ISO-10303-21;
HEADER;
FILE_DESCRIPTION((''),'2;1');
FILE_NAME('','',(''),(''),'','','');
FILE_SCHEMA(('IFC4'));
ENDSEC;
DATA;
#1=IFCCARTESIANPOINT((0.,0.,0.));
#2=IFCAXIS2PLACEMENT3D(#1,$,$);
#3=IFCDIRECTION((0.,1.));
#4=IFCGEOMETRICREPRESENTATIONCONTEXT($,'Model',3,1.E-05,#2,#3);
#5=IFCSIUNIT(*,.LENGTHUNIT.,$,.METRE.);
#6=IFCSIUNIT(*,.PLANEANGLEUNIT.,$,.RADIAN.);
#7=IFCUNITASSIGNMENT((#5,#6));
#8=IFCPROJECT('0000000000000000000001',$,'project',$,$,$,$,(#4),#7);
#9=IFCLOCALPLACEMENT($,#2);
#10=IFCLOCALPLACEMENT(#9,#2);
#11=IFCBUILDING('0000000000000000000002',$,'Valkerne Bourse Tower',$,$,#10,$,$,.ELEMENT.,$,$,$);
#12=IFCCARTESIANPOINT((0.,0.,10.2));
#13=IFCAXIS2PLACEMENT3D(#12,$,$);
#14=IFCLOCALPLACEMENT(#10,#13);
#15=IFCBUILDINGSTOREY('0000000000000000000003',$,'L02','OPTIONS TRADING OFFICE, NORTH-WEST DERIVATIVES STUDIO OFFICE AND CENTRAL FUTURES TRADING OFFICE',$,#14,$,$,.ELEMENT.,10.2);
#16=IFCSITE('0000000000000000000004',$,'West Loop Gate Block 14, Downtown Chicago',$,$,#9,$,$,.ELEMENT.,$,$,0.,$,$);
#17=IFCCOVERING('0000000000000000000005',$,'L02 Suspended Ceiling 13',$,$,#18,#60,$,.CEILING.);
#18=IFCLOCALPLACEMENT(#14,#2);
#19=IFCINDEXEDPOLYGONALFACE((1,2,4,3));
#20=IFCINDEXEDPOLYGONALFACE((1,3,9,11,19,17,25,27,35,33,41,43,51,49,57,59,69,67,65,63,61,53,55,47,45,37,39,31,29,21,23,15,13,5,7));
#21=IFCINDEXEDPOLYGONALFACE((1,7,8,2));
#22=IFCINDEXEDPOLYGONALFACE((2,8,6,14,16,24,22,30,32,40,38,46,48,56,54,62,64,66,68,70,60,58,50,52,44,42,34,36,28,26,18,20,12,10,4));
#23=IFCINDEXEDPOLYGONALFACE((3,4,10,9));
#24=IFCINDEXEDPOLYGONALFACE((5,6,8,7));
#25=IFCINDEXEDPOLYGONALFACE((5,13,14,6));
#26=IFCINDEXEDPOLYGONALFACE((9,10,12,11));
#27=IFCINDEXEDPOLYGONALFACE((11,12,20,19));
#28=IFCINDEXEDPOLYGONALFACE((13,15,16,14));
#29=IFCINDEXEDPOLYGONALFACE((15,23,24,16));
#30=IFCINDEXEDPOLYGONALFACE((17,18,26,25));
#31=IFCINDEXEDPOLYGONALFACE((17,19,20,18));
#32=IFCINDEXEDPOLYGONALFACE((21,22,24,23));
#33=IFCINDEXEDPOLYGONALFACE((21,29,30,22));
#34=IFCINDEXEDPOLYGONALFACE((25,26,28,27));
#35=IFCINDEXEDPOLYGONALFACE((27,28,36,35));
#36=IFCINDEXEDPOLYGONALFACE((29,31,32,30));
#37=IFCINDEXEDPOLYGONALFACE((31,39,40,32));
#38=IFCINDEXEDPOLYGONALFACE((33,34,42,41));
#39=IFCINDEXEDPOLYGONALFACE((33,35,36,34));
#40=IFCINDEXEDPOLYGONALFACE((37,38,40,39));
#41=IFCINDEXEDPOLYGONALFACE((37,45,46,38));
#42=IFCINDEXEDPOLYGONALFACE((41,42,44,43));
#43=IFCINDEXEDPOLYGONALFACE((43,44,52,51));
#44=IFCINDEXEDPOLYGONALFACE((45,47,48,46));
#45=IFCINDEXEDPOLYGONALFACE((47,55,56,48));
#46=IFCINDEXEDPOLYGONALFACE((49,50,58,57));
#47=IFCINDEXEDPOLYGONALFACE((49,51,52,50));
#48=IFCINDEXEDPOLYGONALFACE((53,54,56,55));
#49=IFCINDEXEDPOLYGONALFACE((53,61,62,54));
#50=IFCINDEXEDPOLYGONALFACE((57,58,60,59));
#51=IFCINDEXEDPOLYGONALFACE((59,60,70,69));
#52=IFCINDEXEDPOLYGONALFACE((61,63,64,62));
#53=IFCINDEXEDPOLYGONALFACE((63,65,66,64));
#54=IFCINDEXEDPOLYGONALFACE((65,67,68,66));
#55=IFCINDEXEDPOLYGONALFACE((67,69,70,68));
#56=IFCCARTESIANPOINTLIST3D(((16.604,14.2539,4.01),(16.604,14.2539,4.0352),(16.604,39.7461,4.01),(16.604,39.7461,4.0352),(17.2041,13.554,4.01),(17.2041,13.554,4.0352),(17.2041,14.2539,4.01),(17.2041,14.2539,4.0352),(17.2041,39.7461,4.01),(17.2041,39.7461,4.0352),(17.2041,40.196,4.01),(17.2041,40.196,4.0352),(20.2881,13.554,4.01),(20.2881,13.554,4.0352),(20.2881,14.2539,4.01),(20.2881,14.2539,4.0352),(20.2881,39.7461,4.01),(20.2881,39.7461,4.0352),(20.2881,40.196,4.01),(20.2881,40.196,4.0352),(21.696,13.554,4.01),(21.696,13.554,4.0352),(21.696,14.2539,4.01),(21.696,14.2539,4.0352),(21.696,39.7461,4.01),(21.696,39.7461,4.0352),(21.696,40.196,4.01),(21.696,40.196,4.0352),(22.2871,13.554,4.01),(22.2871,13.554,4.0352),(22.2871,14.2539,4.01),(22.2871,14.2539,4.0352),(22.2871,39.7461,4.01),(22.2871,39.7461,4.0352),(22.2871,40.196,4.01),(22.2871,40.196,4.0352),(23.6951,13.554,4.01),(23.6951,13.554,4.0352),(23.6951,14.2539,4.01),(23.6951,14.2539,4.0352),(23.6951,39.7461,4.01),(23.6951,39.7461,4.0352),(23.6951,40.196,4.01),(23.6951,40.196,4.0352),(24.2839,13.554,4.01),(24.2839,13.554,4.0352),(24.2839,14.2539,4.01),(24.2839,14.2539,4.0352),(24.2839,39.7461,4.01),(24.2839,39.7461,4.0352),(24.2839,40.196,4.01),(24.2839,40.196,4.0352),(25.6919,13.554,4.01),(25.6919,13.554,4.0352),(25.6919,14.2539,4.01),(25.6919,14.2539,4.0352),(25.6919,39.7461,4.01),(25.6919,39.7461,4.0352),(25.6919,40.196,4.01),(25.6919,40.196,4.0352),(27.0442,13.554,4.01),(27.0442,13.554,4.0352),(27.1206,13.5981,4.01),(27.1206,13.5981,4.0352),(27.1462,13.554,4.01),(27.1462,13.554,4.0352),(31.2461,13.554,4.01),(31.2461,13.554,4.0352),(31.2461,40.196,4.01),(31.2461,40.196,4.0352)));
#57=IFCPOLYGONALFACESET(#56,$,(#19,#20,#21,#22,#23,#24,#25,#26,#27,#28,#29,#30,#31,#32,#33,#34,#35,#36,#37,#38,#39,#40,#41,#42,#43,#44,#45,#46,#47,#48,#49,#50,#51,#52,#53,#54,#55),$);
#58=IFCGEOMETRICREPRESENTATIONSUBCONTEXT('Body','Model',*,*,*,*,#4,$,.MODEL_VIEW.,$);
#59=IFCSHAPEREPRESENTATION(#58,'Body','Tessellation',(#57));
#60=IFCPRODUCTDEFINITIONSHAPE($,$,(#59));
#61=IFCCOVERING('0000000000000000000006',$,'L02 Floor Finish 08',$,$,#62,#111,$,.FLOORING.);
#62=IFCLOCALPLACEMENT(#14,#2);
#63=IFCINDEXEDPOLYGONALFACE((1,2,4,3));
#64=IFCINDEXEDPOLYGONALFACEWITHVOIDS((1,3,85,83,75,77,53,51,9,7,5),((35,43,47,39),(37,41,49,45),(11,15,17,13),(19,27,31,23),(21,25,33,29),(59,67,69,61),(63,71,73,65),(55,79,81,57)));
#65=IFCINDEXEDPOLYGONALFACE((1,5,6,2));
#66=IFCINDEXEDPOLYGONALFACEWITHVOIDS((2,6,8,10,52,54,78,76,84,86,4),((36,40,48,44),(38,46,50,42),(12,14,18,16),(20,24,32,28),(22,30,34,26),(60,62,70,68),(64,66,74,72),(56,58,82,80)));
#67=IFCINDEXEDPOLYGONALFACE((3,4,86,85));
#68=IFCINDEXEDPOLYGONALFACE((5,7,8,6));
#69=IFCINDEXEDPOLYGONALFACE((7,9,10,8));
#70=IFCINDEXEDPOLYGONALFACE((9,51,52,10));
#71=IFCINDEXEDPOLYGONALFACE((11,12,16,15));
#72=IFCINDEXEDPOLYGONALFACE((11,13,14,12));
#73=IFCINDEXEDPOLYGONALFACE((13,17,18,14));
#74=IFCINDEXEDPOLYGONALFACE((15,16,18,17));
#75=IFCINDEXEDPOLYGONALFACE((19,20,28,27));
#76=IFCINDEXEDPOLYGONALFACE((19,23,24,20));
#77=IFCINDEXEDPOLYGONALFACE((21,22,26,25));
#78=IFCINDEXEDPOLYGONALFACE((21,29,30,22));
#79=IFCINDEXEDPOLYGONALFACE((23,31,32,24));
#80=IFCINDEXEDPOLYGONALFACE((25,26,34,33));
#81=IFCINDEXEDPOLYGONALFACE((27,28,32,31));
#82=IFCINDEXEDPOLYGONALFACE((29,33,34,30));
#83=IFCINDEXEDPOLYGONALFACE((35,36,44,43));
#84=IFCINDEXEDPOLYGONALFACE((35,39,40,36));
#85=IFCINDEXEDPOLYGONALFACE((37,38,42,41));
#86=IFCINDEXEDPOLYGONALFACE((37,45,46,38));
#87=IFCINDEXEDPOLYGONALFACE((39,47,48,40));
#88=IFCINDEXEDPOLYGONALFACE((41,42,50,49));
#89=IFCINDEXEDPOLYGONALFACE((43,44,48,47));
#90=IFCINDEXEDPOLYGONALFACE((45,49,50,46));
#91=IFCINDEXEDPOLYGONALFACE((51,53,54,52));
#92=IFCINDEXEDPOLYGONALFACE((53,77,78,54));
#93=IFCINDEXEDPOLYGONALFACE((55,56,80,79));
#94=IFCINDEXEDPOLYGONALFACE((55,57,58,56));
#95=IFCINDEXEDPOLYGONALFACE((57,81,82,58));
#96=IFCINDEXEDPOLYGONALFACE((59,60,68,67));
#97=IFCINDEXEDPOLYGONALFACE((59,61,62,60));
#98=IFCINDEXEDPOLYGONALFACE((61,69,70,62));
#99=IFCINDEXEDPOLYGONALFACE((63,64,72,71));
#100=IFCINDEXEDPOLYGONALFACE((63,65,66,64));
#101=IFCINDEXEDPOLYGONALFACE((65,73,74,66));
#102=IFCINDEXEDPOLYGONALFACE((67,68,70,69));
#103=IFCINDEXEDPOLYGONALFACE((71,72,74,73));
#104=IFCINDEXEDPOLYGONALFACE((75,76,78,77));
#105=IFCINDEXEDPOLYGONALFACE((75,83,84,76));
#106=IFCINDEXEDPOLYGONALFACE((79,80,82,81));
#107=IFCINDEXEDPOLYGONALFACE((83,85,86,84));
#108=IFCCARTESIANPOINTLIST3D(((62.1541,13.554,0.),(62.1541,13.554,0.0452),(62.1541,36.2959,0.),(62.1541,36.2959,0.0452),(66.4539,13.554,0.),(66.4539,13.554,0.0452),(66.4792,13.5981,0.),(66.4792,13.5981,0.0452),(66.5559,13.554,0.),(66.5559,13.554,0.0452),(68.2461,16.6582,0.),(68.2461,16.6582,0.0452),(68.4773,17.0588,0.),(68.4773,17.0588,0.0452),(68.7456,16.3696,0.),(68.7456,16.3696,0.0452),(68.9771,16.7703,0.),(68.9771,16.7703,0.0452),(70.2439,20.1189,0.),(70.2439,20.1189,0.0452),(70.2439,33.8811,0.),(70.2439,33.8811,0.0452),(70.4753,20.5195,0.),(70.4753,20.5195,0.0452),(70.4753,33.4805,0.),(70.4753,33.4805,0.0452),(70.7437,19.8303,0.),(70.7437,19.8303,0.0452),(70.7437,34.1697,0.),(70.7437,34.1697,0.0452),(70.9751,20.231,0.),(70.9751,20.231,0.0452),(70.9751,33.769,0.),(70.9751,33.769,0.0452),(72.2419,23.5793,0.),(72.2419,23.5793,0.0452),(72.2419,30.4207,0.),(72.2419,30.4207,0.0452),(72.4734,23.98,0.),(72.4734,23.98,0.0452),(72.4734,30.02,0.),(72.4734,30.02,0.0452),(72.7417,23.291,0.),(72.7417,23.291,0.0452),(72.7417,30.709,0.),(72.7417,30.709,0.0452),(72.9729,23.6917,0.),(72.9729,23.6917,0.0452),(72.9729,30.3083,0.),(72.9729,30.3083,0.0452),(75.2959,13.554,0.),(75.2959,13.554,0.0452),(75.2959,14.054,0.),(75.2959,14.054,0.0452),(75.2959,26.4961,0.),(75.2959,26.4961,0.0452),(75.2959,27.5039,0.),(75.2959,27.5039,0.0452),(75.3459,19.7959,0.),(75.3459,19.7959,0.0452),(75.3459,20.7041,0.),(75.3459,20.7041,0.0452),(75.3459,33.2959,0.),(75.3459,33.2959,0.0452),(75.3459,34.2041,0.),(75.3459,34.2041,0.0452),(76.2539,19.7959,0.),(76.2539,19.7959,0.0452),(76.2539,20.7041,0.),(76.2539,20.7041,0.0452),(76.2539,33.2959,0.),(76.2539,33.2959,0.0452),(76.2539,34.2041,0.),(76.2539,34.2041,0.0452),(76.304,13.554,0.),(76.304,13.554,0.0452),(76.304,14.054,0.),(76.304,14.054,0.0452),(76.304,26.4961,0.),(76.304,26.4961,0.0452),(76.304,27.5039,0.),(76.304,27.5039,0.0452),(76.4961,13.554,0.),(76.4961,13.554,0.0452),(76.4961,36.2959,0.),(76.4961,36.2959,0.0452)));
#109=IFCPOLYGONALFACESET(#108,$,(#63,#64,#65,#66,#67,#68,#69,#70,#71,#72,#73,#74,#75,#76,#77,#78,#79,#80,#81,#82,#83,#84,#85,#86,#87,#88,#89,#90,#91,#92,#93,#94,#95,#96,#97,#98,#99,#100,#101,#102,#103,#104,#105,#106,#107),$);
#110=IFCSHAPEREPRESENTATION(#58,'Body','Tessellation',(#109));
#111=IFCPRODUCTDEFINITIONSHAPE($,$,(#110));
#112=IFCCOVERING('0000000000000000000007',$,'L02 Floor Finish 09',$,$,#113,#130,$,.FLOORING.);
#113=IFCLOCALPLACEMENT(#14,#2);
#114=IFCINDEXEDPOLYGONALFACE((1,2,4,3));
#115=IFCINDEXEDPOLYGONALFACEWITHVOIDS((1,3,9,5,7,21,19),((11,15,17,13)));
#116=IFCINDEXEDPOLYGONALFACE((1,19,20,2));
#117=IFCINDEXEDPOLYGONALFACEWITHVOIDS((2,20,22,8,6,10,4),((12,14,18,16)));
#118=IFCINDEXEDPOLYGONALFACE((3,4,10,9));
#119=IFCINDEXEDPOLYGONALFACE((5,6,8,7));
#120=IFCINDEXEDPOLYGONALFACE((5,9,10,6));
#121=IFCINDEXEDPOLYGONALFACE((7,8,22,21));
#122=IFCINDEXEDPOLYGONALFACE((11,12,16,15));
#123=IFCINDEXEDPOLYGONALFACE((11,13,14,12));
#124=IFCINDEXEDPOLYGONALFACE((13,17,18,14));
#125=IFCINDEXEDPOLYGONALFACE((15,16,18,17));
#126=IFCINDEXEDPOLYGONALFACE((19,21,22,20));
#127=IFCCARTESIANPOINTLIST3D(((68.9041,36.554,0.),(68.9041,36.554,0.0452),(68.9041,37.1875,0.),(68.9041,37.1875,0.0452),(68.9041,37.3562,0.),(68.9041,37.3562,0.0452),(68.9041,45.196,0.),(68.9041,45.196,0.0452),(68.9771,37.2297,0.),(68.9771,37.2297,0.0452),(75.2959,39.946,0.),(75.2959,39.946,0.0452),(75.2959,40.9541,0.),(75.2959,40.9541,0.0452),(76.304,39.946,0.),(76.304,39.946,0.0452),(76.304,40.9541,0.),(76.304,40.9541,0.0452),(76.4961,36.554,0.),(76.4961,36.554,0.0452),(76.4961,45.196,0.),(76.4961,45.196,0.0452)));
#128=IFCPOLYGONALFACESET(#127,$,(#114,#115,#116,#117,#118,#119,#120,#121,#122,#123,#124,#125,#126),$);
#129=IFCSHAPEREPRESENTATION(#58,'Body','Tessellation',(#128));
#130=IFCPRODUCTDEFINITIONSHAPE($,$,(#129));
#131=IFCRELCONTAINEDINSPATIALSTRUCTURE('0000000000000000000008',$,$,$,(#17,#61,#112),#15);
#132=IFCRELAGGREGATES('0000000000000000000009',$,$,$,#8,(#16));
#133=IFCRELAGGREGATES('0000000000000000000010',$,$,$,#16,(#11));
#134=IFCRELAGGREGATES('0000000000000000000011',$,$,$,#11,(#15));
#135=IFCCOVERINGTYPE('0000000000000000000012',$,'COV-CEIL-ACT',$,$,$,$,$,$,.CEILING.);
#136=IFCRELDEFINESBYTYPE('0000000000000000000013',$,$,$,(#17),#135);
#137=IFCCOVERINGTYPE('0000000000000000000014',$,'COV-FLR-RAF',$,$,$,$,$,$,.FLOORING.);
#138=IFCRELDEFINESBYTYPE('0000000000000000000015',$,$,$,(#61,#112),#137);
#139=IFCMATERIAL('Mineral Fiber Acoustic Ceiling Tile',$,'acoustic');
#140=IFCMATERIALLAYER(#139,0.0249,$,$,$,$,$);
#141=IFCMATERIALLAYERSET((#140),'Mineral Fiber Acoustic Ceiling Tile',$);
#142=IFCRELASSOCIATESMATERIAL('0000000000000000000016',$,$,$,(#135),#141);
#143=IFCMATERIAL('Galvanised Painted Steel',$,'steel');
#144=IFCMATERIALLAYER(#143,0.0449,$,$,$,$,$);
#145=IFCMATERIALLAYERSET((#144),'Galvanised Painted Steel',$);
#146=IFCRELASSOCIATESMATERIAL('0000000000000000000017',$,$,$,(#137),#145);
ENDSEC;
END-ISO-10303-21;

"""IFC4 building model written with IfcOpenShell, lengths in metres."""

from ifc_helpers import new_model, si_unit, direction, frame, origin, place, context, subcontext, project, spatial, polyline, outline, extrude, material, layer, layer_set, type_object, element, save


model = new_model("IFC4")

# Units and contexts
model_context = context("Model", 3, precision=1e-05, world=origin(), true_north=direction((0.0, 1.0)))
body_context = subcontext(model_context, "Body", "Model", "MODEL_VIEW")
ifc_project = project(units=[si_unit("LENGTHUNIT", "METRE"), si_unit("PLANEANGLEUNIT", "RADIAN")], contexts=[model_context])

# Site, building, storey
site_placement = place(None, origin())
site = spatial("IfcSite", under=ifc_project, at=site_placement, Name="West Loop Gate Block 14, Downtown Chicago", CompositionType="ELEMENT", RefElevation=0.0)
building_placement = place(site_placement, origin())
building = spatial("IfcBuilding", under=site, at=building_placement, Name="Valkerne Bourse Tower", CompositionType="ELEMENT")
storey_placement = place(building_placement, frame((0.0, 0.0, 10.2)))
storey = spatial("IfcBuildingStorey", under=building, at=storey_placement, Name="L02", Description="OPTIONS TRADING OFFICE, NORTH-WEST DERIVATIVES STUDIO OFFICE AND CENTRAL FUTURES TRADING OFFICE", CompositionType="ELEMENT", Elevation=10.2)

# Coverings
ifc_material_1 = material(Name="Mineral Fiber Acoustic Ceiling Tile", Category="acoustic")
ifc_layer_1 = layer(ifc_material_1, 0.0249)
ifc_layer_set_1 = layer_set([ifc_layer_1], Name="Mineral Fiber Acoustic Ceiling Tile")
covering_type_1 = type_object("IfcCoveringType", Name="COV-CEIL-ACT", PredefinedType="CEILING", material=ifc_layer_set_1)
covering_1_placement = place(storey_placement, frame((0.0, 0.0, 4.01)))
element("IfcCovering", 1, at=covering_1_placement, inside=storey, type_object=covering_type_1, Name="L02 Suspended Ceiling 13", PredefinedType="CEILING", context=body_context, shape_type="SweptSolid", body=[
    extrude(outline(polyline([(16.604, 39.7461), (17.2041, 39.7461), (17.2041, 40.196), (20.2881, 40.196), (20.2881, 39.7461), (21.696, 39.7461), (21.696, 40.196), (22.2871, 40.196), (22.2871, 39.7461), (23.6951, 39.7461), (23.6951, 40.196), (24.2839, 40.196), (24.2839, 39.7461), (25.6919, 39.7461), (25.6919, 40.196), (31.2461, 40.196), (31.2461, 13.554), (27.1462, 13.554), (27.1206, 13.5981), (27.0442, 13.554), (25.6919, 13.554), (25.6919, 14.2539), (24.2839, 14.2539), (24.2839, 13.554), (23.6951, 13.554), (23.6951, 14.2539), (22.2871, 14.2539), (22.2871, 13.554), (21.696, 13.554), (21.696, 14.2539), (20.2881, 14.2539), (20.2881, 13.554), (17.2041, 13.554), (17.2041, 14.2539), (16.604, 14.2539), (16.604, 39.7461)])), origin(), (0.0, 0.0, 1.0), 0.0251),
])
ifc_material_2 = material(Name="Galvanised Painted Steel", Category="steel")
ifc_layer_2 = layer(ifc_material_2, 0.0449)
ifc_layer_set_2 = layer_set([ifc_layer_2], Name="Galvanised Painted Steel")
covering_type_2 = type_object("IfcCoveringType", Name="COV-FLR-RAF", PredefinedType="FLOORING", material=ifc_layer_set_2)
covering_2_placement = place(storey_placement, origin())
element("IfcCovering", 2, at=covering_2_placement, inside=storey, type_object=covering_type_2, Name="L02 Floor Finish 08", PredefinedType="FLOORING", context=body_context, shape_type="SweptSolid", body=[
    extrude(outline(polyline([(62.1541, 36.2959), (76.4961, 36.2959), (76.4961, 13.554), (76.304, 13.554), (76.304, 14.054), (75.2959, 14.054), (75.2959, 13.554), (66.5559, 13.554), (66.4792, 13.5981), (66.4539, 13.554), (62.1541, 13.554), (62.1541, 36.2959)]), holes=[polyline([(68.2461, 16.6582), (68.7456, 16.3696), (68.9771, 16.7703), (68.4773, 17.0588), (68.2461, 16.6582)]), polyline([(70.4753, 20.5195), (70.2439, 20.1189), (70.7437, 19.8303), (70.9751, 20.231), (70.4753, 20.5195)]), polyline([(76.2539, 20.7041), (75.3459, 20.7041), (75.3459, 19.7959), (76.2539, 19.7959), (76.2539, 20.7041)]), polyline([(72.4734, 23.98), (72.2419, 23.5793), (72.7417, 23.291), (72.9729, 23.6917), (72.4734, 23.98)]), polyline([(76.304, 27.5039), (75.2959, 27.5039), (75.2959, 26.4961), (76.304, 26.4961), (76.304, 27.5039)]), polyline([(72.7417, 30.709), (72.2419, 30.4207), (72.4734, 30.02), (72.9729, 30.3083), (72.7417, 30.709)]), polyline([(76.2539, 34.2041), (75.3459, 34.2041), (75.3459, 33.2959), (76.2539, 33.2959), (76.2539, 34.2041)]), polyline([(70.2439, 33.8811), (70.4753, 33.4805), (70.9751, 33.769), (70.7437, 34.1697), (70.2439, 33.8811)])]), origin(), (0.0, 0.0, 1.0), 0.0452),
])
covering_3_placement = place(storey_placement, origin())
element("IfcCovering", 3, at=covering_3_placement, inside=storey, type_object=covering_type_2, Name="L02 Floor Finish 09", PredefinedType="FLOORING", context=body_context, shape_type="SweptSolid", body=[
    extrude(outline(polyline([(68.9041, 37.1875), (68.9771, 37.2297), (68.9041, 37.3562), (68.9041, 45.196), (76.4961, 45.196), (76.4961, 36.554), (68.9041, 36.554), (68.9041, 37.1875)]), holes=[polyline([(76.304, 40.9541), (75.2959, 40.9541), (75.2959, 39.946), (76.304, 39.946), (76.304, 40.9541)])]), origin(), (0.0, 0.0, 1.0), 0.0452),
])

save(model, "model.ifc")
